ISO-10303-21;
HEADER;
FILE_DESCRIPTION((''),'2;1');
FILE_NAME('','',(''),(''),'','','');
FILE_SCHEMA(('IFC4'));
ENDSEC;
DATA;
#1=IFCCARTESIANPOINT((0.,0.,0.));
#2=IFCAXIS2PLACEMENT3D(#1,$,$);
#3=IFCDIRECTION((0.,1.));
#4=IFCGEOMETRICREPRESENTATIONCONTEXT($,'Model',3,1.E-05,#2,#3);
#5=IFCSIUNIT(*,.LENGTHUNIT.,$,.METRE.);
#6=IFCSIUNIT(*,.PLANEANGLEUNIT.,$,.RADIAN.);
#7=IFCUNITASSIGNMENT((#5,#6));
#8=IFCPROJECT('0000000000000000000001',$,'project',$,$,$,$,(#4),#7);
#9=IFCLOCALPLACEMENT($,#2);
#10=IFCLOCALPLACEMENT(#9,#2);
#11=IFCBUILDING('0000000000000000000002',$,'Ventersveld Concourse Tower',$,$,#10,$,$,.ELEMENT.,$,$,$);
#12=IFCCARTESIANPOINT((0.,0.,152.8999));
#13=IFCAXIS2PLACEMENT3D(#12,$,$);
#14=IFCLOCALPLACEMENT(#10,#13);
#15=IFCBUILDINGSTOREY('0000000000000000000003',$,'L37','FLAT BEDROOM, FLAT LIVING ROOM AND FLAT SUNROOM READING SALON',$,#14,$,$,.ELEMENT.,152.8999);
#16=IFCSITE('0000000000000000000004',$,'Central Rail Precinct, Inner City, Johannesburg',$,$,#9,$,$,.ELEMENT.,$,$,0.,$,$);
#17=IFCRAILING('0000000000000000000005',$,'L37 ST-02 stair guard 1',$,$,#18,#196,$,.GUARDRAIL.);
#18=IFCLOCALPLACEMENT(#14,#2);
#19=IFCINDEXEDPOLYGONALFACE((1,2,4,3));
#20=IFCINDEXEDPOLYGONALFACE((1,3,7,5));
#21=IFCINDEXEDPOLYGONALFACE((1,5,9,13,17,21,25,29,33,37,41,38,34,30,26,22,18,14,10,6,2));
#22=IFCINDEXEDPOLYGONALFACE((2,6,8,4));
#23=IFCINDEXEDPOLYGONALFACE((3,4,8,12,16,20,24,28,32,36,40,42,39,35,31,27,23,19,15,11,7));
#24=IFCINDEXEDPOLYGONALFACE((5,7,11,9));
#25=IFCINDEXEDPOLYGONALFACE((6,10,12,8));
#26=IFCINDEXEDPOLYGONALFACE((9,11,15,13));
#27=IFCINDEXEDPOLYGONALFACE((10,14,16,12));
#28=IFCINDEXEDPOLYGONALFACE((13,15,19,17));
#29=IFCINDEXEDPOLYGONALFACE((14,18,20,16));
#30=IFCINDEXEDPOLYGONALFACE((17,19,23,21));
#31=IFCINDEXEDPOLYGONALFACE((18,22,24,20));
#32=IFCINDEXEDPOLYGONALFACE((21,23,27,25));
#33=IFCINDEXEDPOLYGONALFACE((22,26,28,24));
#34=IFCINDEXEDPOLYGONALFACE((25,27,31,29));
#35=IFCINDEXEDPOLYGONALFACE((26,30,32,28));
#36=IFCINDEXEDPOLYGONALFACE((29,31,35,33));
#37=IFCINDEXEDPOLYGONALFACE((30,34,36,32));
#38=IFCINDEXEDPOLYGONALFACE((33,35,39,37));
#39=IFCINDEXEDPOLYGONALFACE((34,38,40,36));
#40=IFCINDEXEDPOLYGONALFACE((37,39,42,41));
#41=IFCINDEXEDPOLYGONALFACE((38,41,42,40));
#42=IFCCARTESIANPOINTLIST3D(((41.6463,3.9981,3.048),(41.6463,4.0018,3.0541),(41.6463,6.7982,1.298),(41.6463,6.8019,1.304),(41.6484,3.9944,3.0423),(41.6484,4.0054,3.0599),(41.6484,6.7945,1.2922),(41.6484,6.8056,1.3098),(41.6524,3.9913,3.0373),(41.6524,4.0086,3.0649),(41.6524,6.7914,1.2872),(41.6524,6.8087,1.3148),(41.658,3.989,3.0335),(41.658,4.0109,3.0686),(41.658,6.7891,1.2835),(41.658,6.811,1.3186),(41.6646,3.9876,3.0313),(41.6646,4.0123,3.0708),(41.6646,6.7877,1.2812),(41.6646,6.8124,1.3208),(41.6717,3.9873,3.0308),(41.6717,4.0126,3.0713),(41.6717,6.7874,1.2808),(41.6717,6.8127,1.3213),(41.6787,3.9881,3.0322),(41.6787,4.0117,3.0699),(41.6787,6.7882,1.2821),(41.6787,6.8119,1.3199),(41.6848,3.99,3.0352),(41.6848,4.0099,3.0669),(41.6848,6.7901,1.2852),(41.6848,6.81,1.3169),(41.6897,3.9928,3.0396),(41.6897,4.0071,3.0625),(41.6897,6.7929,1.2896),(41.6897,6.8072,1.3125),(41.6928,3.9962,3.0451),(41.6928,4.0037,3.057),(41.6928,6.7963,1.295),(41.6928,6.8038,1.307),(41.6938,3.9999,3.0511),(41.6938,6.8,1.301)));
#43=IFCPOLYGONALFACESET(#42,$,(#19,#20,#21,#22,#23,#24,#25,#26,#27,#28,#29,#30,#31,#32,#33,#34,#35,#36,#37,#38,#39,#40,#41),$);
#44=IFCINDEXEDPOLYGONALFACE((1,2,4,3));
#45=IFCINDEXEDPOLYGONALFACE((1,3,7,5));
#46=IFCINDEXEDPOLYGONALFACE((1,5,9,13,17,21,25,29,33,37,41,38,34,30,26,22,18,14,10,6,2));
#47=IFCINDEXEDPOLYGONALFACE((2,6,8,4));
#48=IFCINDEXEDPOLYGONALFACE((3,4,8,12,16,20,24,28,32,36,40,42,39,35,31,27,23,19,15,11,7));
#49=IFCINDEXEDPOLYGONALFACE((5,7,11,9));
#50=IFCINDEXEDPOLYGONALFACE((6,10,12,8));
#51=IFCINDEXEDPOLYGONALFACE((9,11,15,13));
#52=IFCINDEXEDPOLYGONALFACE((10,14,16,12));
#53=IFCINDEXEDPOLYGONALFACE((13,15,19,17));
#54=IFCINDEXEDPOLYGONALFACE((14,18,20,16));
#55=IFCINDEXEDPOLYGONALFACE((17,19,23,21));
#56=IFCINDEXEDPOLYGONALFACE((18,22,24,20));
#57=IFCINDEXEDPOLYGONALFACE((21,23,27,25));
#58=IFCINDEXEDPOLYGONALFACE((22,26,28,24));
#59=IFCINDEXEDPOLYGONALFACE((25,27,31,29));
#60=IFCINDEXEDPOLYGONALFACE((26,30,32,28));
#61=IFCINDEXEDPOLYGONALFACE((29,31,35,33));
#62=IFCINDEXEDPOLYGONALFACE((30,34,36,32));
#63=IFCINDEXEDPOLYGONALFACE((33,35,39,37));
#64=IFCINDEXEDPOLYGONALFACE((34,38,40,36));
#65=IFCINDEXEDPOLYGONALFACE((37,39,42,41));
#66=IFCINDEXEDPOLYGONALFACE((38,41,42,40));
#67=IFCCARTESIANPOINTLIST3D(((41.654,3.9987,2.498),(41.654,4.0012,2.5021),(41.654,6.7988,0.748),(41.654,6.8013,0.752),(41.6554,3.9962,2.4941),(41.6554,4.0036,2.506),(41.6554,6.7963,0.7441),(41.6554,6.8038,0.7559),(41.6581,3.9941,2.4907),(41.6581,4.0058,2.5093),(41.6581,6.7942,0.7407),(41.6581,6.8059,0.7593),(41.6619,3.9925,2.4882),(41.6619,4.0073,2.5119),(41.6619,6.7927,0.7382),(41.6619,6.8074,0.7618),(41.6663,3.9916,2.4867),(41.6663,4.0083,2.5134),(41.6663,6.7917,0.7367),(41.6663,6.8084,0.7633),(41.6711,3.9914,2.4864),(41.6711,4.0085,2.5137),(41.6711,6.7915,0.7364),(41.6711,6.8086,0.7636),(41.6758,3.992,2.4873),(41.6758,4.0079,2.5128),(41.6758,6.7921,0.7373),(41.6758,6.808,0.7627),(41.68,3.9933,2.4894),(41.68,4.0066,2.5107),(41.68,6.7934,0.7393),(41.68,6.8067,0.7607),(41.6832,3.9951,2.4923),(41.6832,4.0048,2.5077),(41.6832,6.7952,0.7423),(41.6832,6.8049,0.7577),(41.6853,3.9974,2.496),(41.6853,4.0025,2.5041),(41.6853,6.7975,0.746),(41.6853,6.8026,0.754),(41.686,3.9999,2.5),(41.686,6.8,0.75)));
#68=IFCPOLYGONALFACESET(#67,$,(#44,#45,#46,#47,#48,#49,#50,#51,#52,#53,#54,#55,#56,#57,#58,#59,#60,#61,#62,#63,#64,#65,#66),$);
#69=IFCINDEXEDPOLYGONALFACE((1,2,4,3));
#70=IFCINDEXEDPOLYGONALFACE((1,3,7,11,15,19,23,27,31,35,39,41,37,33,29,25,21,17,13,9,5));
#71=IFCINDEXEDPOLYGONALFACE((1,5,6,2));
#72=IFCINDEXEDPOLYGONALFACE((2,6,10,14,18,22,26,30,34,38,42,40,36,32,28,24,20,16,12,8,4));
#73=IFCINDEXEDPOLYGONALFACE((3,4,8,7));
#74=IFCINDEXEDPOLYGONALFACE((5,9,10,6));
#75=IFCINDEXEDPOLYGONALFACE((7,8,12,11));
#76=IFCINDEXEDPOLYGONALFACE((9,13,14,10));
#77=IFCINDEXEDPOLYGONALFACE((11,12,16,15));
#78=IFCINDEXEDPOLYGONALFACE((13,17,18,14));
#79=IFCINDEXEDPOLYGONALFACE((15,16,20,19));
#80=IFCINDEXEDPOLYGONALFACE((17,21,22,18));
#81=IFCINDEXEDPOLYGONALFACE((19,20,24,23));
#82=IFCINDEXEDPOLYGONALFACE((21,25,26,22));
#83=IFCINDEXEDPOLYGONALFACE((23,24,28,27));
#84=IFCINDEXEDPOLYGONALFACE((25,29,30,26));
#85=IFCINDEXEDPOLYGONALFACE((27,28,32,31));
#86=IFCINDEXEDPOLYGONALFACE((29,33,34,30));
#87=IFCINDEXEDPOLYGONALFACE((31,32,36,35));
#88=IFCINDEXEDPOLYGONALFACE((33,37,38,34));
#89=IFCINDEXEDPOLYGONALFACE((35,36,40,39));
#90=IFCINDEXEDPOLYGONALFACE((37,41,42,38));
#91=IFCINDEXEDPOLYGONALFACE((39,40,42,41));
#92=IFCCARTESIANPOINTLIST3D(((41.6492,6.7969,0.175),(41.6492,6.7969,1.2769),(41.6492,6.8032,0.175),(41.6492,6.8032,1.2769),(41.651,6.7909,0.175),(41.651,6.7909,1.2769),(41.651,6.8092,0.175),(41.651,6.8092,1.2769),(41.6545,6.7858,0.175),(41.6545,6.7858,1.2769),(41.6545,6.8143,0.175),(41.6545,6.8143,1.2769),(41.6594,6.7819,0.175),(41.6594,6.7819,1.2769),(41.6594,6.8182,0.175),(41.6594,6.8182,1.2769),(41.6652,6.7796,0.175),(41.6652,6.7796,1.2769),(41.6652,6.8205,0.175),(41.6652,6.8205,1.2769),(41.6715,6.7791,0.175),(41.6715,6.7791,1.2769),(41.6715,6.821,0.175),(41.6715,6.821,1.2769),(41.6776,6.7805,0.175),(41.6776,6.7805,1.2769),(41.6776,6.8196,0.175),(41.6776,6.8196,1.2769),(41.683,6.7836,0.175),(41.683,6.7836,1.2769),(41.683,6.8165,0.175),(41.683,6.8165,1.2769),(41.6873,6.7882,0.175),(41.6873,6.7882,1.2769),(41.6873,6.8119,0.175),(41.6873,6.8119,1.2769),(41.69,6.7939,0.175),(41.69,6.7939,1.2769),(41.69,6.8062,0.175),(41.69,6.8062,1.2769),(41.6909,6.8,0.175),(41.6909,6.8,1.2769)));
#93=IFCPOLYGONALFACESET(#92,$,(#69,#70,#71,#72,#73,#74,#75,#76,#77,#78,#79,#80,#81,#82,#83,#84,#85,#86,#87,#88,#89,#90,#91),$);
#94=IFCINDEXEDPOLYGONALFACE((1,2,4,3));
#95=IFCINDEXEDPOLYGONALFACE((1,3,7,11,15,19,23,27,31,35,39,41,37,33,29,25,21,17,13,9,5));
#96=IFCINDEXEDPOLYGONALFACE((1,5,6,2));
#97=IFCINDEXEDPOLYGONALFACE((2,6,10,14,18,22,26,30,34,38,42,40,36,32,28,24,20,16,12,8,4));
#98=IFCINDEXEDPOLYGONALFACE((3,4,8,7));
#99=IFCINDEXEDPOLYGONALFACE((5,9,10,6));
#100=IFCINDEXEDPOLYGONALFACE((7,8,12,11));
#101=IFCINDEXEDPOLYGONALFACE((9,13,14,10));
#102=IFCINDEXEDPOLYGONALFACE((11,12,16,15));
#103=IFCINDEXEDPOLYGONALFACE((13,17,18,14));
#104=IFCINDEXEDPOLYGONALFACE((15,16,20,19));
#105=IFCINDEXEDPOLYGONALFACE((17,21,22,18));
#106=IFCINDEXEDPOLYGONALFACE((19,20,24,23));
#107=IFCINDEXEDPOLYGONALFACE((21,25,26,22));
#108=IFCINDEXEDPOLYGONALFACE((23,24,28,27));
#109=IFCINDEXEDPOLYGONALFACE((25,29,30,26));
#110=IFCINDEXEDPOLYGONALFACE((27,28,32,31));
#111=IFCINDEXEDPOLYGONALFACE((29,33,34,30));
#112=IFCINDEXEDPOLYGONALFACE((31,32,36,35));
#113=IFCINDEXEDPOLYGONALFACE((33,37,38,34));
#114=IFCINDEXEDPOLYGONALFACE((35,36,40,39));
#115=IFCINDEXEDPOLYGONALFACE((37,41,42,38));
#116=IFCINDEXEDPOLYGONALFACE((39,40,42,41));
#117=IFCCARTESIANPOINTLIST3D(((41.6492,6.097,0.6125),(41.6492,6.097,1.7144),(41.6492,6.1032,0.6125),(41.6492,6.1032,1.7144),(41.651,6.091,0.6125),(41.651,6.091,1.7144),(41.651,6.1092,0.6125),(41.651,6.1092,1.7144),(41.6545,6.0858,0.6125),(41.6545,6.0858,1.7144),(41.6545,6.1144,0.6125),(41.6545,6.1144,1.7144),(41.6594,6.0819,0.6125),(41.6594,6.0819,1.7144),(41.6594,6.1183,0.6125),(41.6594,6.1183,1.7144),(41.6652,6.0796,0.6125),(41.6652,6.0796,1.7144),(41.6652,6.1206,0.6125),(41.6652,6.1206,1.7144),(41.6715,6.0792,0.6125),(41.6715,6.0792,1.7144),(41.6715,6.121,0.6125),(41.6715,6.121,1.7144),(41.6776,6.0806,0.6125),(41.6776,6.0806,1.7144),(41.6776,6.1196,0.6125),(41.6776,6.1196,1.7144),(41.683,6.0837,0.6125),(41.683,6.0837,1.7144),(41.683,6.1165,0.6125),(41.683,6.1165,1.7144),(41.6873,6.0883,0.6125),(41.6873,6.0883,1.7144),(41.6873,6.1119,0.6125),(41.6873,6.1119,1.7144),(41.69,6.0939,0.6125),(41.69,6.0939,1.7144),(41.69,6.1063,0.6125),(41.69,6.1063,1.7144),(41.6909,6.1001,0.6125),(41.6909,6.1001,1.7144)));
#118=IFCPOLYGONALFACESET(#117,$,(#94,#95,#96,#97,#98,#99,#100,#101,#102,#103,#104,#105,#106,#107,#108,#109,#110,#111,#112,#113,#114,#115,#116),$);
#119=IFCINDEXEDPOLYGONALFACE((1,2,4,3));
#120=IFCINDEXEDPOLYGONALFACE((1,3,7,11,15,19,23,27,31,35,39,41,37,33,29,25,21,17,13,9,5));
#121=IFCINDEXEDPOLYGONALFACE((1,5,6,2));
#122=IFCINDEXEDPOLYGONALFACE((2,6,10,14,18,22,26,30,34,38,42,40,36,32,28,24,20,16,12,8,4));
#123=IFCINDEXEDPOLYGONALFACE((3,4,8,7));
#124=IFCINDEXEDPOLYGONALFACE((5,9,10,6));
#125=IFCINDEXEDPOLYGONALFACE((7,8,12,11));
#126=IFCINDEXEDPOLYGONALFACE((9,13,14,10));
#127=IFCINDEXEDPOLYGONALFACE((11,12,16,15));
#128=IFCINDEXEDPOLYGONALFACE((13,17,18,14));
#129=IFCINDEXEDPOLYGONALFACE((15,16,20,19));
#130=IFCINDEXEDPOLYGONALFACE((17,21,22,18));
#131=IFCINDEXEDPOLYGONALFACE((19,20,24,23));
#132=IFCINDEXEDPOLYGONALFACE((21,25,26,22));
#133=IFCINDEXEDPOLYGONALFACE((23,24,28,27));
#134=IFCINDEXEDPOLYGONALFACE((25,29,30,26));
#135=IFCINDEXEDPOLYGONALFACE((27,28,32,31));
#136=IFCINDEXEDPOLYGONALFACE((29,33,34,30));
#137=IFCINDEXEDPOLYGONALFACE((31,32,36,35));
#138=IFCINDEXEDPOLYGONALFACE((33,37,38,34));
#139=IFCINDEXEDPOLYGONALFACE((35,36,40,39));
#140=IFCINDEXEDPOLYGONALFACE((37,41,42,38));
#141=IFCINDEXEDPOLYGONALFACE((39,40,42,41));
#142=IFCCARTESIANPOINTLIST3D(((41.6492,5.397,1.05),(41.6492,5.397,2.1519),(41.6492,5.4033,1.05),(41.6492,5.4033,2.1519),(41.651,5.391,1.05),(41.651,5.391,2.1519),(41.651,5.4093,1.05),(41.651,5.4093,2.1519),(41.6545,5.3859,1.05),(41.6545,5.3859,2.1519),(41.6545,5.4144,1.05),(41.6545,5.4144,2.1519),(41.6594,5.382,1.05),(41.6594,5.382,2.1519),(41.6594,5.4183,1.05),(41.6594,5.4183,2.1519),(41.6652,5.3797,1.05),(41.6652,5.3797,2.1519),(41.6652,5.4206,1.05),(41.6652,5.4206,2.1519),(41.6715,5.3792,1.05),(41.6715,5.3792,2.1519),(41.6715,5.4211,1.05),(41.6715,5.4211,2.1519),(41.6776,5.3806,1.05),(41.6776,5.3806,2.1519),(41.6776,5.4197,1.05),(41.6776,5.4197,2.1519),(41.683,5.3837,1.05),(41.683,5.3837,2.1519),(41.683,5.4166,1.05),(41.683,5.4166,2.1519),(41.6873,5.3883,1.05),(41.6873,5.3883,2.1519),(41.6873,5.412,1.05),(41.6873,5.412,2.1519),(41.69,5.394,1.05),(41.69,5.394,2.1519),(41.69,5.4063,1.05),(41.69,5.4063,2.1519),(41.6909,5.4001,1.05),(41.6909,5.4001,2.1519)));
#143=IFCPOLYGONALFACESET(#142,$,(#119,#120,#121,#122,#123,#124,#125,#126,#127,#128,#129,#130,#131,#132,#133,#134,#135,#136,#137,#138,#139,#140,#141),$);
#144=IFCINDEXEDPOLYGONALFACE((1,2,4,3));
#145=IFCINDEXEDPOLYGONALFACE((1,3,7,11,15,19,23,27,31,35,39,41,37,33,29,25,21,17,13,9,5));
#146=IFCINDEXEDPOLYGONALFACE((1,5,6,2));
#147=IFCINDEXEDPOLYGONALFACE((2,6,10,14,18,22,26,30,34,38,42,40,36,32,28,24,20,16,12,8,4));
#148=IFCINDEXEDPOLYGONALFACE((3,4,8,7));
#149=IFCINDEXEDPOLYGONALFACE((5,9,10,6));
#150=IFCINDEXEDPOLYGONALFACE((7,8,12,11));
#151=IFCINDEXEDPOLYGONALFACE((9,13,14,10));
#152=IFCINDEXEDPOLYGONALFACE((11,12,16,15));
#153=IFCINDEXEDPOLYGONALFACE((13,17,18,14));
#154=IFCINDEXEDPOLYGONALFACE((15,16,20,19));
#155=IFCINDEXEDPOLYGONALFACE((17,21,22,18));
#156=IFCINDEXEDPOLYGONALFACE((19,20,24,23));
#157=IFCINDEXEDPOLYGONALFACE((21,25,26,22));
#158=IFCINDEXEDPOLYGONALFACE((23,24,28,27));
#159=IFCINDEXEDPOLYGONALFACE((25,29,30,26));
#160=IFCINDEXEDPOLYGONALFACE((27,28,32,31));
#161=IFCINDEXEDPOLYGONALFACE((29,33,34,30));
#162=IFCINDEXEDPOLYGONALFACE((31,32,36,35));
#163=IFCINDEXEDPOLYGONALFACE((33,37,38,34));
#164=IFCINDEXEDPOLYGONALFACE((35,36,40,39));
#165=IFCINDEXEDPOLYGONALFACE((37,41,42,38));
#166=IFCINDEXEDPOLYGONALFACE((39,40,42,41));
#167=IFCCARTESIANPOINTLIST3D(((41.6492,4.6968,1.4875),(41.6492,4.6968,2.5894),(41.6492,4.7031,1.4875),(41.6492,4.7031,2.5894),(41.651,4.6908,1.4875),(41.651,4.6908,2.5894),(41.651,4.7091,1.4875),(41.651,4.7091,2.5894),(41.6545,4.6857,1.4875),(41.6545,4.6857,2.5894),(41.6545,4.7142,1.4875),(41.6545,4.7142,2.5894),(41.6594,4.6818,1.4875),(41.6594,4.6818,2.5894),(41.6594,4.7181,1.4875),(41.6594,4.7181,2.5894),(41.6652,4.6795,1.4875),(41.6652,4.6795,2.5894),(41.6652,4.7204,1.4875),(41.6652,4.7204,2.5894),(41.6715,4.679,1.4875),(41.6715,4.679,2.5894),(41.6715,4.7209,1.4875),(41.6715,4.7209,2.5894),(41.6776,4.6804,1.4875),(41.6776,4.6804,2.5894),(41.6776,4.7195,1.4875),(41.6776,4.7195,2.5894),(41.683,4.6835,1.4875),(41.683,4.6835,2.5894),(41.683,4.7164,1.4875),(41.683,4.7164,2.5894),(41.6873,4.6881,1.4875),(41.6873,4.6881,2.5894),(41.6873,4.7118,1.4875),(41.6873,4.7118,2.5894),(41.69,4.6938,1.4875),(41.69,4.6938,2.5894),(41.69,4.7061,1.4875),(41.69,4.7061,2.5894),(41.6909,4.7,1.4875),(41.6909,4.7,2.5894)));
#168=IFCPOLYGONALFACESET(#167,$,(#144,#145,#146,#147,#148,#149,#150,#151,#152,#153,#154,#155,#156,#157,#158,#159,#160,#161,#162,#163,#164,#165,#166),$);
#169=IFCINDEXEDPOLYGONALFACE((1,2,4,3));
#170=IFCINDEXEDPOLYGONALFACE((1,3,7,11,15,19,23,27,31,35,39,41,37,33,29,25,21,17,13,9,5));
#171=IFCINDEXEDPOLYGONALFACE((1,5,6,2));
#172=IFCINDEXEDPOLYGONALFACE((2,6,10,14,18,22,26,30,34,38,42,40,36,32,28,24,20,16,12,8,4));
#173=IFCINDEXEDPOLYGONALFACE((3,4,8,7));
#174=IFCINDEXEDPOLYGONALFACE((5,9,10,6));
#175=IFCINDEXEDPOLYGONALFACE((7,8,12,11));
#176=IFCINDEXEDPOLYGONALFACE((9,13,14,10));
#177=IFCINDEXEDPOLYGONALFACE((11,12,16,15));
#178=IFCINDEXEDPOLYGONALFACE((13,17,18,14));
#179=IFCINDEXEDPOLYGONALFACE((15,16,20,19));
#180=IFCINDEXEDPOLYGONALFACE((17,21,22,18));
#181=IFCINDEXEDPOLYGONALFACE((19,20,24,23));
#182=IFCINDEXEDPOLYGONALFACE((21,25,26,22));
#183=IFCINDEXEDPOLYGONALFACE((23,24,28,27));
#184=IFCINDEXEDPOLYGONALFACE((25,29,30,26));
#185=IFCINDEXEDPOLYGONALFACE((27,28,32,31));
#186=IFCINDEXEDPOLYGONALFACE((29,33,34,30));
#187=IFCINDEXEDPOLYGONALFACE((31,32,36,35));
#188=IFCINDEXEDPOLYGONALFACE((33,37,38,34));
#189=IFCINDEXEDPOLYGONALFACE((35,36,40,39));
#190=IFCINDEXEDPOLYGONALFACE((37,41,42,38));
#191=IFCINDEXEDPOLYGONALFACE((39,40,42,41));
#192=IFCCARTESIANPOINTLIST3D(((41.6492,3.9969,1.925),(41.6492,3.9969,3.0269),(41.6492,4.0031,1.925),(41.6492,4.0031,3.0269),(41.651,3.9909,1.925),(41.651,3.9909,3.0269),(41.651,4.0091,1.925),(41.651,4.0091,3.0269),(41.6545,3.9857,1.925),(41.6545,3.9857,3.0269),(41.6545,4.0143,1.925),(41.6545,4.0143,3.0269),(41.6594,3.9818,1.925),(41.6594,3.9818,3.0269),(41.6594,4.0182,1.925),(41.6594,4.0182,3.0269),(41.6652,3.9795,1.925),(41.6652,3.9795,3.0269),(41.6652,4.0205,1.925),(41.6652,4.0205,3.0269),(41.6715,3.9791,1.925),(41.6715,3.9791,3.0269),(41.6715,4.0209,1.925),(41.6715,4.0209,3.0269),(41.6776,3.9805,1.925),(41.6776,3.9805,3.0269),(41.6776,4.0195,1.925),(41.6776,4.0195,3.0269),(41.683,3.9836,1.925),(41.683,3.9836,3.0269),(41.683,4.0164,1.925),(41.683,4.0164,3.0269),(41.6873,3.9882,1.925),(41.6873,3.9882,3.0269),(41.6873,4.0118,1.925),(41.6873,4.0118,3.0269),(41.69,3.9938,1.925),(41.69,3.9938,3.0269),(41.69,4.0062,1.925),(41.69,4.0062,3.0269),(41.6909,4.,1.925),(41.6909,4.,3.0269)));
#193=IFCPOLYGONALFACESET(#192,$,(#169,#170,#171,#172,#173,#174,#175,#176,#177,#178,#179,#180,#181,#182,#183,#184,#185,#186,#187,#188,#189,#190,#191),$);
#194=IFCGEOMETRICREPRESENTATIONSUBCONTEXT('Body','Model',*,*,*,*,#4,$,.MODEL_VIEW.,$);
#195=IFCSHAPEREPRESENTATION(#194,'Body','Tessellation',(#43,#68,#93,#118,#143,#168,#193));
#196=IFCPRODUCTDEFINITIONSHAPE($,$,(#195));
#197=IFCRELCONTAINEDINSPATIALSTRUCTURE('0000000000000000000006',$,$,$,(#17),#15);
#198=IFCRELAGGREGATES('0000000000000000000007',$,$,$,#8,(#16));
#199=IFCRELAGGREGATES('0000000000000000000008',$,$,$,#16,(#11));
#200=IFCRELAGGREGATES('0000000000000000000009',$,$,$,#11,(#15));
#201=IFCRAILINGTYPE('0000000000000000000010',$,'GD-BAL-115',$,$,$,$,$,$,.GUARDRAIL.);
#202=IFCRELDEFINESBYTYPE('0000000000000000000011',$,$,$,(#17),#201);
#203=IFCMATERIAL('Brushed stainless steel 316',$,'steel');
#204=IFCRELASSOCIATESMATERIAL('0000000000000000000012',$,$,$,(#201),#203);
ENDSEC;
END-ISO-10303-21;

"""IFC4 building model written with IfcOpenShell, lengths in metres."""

from ifc_helpers import new_model, si_unit, direction, frame, origin, origin_2d, place, context, subcontext, project, spatial, circle, extrude, material, type_object, element, save


model = new_model("IFC4")

# Units and contexts
model_context = context("Model", 3, precision=1e-05, world=origin(), true_north=direction((0.0, 1.0)))
body_context = subcontext(model_context, "Body", "Model", "MODEL_VIEW")
ifc_project = project(units=[si_unit("LENGTHUNIT", "METRE"), si_unit("PLANEANGLEUNIT", "RADIAN")], contexts=[model_context])

# Site, building, storey
site_placement = place(None, origin())
site = spatial("IfcSite", under=ifc_project, at=site_placement, Name="Central Rail Precinct, Inner City, Johannesburg", CompositionType="ELEMENT", RefElevation=0.0)
building_placement = place(site_placement, origin())
building = spatial("IfcBuilding", under=site, at=building_placement, Name="Ventersveld Concourse Tower", CompositionType="ELEMENT")
storey_placement = place(building_placement, frame((0.0, 0.0, 152.8999)))
storey = spatial("IfcBuildingStorey", under=building, at=storey_placement, Name="L37", Description="FLAT BEDROOM, FLAT LIVING ROOM AND FLAT SUNROOM READING SALON", CompositionType="ELEMENT", Elevation=152.8999)

# Railing
ifc_material_1 = material(Name="Brushed stainless steel 316", Category="steel")
railing_type_1 = type_object("IfcRailingType", Name="GD-BAL-115", PredefinedType="GUARDRAIL", material=ifc_material_1)
railing_1_placement = place(storey_placement, frame((41.6699, 6.8, 0.175)))
element("IfcRailing", 1, at=railing_1_placement, inside=storey, type_object=railing_type_1, Name="L37 ST-02 stair guard 1", PredefinedType="GUARDRAIL", context=body_context, shape_type="SweptSolid", body=[
    extrude(circle(Radius=0.0239, at=origin_2d()), frame((0.0, 0.0, 1.126), z_axis=(0.0, -0.848002, 0.529992), x_axis=(1.0, 0.0, 0.0)), (0.0, 0.0, 1.0), 3.302),
    extrude(circle(Radius=0.0161, at=origin_2d()), frame((0.0, 0.0, 0.575), z_axis=(0.0, -0.848002, 0.529992), x_axis=(1.0, 0.0, 0.0)), (0.0, 0.0, 1.0), 3.302),
    extrude(circle(Radius=0.021, at=origin_2d()), origin(), (0.0, 0.0, 1.0), 1.1018),
    extrude(circle(Radius=0.021, at=origin_2d()), frame((0.0, -0.7, 0.4375)), (0.0, 0.0, 1.0), 1.1018),
    extrude(circle(Radius=0.021, at=origin_2d()), frame((0.0, -1.3999, 0.875)), (0.0, 0.0, 1.0), 1.1018),
    extrude(circle(Radius=0.021, at=origin_2d()), frame((0.0, -2.1001, 1.3125)), (0.0, 0.0, 1.0), 1.1018),
    extrude(circle(Radius=0.021, at=origin_2d()), frame((0.0, -2.8, 1.75)), (0.0, 0.0, 1.0), 1.1018),
])

save(model, "model.ifc")
